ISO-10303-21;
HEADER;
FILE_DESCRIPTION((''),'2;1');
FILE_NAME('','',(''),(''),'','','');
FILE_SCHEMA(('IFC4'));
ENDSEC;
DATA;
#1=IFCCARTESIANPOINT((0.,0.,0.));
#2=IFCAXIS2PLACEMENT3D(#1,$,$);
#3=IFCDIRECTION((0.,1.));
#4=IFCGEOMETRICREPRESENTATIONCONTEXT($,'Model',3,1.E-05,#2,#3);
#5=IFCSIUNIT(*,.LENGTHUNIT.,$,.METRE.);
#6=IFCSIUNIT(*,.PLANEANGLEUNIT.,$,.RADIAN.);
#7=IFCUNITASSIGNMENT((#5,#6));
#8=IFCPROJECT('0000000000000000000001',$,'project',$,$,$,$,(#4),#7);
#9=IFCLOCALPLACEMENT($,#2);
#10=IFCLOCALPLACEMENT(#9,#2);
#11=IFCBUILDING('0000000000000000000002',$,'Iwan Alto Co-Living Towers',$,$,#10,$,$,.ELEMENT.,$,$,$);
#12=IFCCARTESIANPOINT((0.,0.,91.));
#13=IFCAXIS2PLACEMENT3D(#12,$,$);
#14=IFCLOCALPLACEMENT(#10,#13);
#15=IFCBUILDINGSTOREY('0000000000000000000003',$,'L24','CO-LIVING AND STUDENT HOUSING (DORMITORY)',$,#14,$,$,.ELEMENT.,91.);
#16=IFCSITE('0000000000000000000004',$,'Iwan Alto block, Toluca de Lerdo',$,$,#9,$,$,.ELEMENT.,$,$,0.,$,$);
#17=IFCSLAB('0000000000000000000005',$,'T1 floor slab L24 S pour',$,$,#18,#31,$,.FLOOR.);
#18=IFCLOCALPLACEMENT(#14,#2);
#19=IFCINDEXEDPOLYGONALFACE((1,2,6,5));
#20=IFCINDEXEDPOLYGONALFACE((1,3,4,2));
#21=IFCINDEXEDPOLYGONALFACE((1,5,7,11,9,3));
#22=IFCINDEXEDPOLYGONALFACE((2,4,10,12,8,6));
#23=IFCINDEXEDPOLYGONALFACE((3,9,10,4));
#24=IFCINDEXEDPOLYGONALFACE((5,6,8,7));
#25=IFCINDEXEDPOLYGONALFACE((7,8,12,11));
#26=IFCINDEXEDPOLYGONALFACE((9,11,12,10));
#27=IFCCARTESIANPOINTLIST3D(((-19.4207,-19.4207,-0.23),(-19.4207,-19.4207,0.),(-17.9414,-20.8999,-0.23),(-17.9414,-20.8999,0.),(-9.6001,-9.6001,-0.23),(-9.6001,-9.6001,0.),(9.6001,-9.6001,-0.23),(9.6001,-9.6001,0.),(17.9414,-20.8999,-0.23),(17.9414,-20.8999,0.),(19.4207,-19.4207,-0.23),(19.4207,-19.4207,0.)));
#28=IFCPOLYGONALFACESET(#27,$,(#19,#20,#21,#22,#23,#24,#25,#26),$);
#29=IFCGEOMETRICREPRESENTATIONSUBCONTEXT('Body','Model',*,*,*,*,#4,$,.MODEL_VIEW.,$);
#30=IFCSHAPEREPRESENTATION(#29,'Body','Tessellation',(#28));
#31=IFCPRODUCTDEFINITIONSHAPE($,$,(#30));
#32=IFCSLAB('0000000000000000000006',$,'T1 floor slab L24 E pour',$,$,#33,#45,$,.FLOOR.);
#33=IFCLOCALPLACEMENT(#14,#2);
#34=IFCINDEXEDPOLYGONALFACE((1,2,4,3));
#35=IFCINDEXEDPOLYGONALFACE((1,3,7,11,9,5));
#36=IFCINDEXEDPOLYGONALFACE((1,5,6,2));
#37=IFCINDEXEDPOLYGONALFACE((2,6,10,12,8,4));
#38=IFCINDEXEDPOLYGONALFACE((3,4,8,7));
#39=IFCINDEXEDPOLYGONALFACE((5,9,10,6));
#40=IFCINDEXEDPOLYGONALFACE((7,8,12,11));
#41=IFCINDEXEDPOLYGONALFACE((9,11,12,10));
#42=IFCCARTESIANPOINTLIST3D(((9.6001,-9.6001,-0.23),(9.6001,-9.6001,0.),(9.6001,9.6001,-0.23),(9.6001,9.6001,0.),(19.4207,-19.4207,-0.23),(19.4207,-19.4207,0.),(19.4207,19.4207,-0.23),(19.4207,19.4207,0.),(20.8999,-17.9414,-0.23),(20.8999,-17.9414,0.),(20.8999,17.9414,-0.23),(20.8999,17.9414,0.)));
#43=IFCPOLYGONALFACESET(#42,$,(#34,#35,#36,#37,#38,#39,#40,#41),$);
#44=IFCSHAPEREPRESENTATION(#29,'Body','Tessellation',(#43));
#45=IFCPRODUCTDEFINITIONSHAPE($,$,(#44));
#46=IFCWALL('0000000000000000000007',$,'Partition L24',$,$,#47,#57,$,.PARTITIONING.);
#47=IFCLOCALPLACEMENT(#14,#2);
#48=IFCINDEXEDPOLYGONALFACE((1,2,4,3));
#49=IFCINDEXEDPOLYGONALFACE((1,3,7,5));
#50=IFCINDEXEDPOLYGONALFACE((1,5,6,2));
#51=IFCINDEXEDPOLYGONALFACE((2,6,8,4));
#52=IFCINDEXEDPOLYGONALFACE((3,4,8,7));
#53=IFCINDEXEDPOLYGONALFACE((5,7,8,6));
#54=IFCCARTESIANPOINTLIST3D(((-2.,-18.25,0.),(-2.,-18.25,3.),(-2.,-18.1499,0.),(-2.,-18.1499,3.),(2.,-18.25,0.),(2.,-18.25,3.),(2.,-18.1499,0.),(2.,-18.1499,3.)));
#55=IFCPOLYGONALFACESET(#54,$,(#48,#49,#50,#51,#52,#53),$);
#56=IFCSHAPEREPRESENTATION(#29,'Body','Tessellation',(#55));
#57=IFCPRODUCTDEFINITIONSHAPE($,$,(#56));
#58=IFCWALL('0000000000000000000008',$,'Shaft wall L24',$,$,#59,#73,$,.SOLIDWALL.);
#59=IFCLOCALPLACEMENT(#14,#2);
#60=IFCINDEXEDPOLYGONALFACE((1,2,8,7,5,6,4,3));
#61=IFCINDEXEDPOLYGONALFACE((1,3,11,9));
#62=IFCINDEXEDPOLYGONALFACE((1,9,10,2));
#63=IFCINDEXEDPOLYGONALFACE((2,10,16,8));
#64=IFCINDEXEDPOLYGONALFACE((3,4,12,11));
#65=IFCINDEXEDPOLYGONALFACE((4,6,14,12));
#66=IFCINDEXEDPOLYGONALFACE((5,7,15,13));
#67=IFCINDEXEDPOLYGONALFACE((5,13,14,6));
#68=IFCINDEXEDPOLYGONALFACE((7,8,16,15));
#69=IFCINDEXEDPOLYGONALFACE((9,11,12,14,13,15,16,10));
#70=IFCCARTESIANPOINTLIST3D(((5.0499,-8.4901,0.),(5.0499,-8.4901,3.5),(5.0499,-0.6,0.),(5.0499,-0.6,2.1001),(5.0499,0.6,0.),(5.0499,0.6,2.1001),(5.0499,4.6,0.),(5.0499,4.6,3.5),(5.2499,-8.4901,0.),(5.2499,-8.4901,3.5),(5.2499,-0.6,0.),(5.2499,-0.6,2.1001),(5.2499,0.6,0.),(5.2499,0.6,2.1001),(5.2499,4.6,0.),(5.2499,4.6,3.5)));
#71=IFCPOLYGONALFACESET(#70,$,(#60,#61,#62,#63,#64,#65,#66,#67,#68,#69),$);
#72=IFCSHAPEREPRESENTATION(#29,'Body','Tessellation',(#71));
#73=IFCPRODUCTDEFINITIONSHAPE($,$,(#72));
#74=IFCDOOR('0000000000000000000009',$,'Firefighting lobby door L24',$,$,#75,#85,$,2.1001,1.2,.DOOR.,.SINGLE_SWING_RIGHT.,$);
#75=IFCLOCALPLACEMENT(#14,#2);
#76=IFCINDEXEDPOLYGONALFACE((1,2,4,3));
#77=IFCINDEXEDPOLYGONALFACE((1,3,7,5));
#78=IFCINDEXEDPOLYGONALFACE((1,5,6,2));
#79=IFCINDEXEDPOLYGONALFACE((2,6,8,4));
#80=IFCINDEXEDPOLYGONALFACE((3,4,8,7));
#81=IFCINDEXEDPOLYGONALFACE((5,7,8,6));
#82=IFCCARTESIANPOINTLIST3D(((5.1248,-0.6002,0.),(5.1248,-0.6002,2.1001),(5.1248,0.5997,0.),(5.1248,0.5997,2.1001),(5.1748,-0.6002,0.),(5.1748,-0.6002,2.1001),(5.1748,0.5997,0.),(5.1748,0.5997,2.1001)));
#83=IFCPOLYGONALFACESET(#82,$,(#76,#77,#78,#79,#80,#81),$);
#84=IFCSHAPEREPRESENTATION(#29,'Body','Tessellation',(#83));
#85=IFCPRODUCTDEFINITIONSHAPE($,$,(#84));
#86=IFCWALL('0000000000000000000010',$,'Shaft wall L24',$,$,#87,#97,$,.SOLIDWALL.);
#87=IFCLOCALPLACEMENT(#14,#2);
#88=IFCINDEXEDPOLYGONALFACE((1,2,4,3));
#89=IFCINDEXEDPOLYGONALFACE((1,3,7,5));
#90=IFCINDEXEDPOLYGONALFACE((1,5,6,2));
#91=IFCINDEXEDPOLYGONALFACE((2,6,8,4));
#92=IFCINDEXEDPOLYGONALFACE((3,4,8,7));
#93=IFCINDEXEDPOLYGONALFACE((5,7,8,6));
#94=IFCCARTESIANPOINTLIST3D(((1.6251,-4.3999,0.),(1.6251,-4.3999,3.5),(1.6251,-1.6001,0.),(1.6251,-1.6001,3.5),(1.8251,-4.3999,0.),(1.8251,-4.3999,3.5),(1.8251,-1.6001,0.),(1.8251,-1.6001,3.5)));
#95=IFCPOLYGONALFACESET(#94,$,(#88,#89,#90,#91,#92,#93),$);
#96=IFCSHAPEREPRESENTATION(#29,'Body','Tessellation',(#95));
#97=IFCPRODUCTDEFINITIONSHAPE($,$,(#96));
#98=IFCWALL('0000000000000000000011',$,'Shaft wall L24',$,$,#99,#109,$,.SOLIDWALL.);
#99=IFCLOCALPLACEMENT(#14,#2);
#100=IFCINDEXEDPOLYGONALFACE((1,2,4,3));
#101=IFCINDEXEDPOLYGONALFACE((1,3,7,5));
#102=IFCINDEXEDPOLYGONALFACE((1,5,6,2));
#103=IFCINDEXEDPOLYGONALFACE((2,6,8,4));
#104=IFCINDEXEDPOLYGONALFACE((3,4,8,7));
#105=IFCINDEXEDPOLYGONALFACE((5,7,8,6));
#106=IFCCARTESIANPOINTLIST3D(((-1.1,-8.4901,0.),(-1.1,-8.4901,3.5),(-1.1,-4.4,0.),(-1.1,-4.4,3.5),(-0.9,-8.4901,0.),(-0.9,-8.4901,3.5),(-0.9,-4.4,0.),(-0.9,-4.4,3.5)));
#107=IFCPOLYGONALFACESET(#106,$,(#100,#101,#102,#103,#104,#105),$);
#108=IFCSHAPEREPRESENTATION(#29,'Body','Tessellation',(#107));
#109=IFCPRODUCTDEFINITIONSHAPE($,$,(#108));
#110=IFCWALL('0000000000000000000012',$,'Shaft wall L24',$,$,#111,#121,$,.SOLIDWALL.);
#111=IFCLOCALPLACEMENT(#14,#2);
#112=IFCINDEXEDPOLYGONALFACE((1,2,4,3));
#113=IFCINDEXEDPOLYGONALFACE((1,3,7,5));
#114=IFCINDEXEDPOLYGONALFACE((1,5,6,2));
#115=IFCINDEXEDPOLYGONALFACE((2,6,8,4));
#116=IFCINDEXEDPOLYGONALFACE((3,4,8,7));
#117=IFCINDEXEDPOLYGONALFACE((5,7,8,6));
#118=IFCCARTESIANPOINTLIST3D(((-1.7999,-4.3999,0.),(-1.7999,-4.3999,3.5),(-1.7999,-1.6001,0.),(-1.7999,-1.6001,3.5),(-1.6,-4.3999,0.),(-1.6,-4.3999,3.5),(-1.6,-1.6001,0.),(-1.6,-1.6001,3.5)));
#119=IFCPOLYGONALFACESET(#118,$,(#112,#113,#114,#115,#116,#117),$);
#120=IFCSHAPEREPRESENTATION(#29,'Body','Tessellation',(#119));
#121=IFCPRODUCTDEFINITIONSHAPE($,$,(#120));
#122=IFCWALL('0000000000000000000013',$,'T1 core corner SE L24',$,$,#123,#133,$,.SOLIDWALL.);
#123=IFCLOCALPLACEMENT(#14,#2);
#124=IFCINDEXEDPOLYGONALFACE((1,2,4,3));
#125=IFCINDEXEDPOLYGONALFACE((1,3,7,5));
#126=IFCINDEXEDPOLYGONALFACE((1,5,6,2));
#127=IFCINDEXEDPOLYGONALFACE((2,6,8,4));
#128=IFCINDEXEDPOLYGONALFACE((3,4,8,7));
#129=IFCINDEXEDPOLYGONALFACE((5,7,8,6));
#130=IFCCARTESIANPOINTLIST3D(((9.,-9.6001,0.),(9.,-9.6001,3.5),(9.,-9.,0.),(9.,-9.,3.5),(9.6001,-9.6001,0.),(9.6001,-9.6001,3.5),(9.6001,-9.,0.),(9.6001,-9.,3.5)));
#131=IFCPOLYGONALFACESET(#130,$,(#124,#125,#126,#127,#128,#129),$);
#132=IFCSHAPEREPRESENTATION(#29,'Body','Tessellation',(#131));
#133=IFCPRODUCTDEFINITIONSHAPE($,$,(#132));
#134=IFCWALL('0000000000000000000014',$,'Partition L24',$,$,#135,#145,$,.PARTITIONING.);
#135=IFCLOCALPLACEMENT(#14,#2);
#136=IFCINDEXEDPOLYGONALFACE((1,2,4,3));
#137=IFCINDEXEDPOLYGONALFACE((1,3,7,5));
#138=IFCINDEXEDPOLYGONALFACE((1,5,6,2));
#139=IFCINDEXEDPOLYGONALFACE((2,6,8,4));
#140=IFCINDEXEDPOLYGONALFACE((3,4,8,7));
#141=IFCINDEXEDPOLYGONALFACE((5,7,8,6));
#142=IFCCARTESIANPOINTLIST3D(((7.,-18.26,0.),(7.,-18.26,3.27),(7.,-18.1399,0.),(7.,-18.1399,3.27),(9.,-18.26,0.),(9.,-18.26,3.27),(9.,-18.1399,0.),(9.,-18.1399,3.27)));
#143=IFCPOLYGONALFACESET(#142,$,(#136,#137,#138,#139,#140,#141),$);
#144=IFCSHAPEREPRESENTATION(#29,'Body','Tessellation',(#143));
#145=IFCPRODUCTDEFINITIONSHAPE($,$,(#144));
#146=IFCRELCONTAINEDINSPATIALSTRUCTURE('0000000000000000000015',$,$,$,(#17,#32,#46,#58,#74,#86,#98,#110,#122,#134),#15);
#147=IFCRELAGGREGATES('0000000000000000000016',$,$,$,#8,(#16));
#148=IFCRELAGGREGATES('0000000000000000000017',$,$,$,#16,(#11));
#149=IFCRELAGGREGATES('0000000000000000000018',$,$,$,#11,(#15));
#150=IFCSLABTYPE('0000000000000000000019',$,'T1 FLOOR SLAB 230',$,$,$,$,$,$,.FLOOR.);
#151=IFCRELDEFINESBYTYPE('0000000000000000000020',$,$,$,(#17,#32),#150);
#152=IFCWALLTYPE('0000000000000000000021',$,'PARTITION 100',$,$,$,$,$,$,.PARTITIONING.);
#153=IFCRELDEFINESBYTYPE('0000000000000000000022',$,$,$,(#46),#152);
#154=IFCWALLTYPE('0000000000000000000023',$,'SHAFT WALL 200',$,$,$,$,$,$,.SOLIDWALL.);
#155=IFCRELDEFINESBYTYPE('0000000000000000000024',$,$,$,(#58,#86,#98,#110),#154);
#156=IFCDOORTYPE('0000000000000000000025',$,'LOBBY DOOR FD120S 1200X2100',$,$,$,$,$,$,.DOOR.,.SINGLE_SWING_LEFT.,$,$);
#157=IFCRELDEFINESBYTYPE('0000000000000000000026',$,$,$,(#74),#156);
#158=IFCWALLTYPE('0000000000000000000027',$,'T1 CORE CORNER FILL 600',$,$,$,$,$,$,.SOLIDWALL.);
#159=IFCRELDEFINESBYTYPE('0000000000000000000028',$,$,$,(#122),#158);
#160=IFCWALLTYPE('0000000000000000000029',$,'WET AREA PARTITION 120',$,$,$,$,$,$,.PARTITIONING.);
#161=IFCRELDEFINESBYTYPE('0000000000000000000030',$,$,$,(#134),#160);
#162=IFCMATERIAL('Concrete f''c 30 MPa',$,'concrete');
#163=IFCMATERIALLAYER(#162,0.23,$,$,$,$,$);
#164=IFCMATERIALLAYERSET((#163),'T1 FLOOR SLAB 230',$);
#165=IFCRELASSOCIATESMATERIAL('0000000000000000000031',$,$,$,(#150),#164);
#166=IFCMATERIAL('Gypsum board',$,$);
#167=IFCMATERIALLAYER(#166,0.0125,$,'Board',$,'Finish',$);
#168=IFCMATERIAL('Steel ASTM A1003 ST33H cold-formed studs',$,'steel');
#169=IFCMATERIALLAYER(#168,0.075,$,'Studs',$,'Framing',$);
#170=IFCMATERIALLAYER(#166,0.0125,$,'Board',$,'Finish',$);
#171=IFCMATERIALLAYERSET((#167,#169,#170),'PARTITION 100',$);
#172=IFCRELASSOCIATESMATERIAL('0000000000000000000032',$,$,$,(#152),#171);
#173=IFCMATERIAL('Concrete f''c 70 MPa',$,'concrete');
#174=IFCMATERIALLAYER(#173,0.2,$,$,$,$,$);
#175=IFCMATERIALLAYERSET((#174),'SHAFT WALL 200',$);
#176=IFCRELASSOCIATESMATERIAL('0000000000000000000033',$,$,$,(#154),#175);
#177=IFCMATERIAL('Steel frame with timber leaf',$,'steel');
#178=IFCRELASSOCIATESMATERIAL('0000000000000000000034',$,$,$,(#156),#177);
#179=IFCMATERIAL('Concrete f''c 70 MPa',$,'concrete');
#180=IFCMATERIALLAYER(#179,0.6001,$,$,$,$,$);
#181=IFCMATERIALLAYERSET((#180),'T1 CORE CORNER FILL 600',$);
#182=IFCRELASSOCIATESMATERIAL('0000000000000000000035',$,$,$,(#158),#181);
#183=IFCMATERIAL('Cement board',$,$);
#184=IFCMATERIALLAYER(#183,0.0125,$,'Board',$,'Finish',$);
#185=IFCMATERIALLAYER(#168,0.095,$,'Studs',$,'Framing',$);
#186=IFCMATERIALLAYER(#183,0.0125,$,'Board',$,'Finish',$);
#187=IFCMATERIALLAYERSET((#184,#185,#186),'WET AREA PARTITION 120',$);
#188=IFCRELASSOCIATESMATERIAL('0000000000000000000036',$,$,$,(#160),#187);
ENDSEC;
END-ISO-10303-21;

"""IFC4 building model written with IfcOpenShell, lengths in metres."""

from ifc_helpers import new_model, si_unit, direction, frame, frame_2d, origin, place, context, subcontext, project, spatial, polyline, rectangle, outline, extrude, material, layer, layer_set, type_object, element, fill, save


model = new_model("IFC4")

# Units and contexts
model_context = context("Model", 3, precision=1e-05, world=origin(), true_north=direction((0.0, 1.0)))
body_context = subcontext(model_context, "Body", "Model", "MODEL_VIEW")
ifc_project = project(units=[si_unit("LENGTHUNIT", "METRE"), si_unit("PLANEANGLEUNIT", "RADIAN")], contexts=[model_context])

# Site, building, storey
site_placement = place(None, origin())
site = spatial("IfcSite", under=ifc_project, at=site_placement, Name="Iwan Alto block, Toluca de Lerdo", CompositionType="ELEMENT", RefElevation=0.0)
building_placement = place(site_placement, origin())
building = spatial("IfcBuilding", under=site, at=building_placement, Name="Iwan Alto Co-Living Towers", CompositionType="ELEMENT")
storey_placement = place(building_placement, frame((0.0, 0.0, 91.0)))
storey = spatial("IfcBuildingStorey", under=building, at=storey_placement, Name="L24", Description="CO-LIVING AND STUDENT HOUSING (DORMITORY)", CompositionType="ELEMENT", Elevation=91.0)

# Slabs
ifc_material_1 = material(Name="Concrete f'c 30 MPa", Category="concrete")
ifc_layer_1 = layer(ifc_material_1, 0.23)
ifc_layer_set_1 = layer_set([ifc_layer_1], Name="T1 FLOOR SLAB 230")
slab_type = type_object("IfcSlabType", Name="T1 FLOOR SLAB 230", PredefinedType="FLOOR", material=ifc_layer_set_1)
slab_1_placement = place(storey_placement, frame((0.0, 0.0, -0.23)))
element("IfcSlab", 1, at=slab_1_placement, inside=storey, type_object=slab_type, Name="T1 floor slab L24 S pour", PredefinedType="FLOOR", context=body_context, shape_type="SweptSolid", body=[
    extrude(outline(polyline([(17.9414, -20.8999), (-17.9414, -20.8999), (-19.4207, -19.4207), (-9.6001, -9.6001), (9.6001, -9.6001), (19.4207, -19.4207), (17.9414, -20.8999)])), origin(), (0.0, 0.0, 1.0), 0.23),
])
slab_2_placement = place(storey_placement, frame((0.0, 0.0, -0.23)))
element("IfcSlab", 2, at=slab_2_placement, inside=storey, type_object=slab_type, Name="T1 floor slab L24 E pour", PredefinedType="FLOOR", context=body_context, shape_type="SweptSolid", body=[
    extrude(outline(polyline([(20.8999, 17.9414), (20.8999, -17.9414), (19.4207, -19.4207), (9.6001, -9.6001), (9.6001, 9.6001), (19.4207, 19.4207), (20.8999, 17.9414)])), origin(), (0.0, 0.0, 1.0), 0.23),
])

# Wall
ifc_material_2 = material(Name="Gypsum board")
ifc_layer_2 = layer(ifc_material_2, 0.0125, Name="Board", Category="Finish")
ifc_material_3 = material(Name="Steel ASTM A1003 ST33H cold-formed studs", Category="steel")
ifc_layer_3 = layer(ifc_material_3, 0.075, Name="Studs", Category="Framing")
ifc_layer_4 = layer(ifc_material_2, 0.0125, Name="Board", Category="Finish")
ifc_layer_set_2 = layer_set([ifc_layer_2, ifc_layer_3, ifc_layer_4], Name="PARTITION 100")
wall_type_1 = type_object("IfcWallType", Name="PARTITION 100", PredefinedType="PARTITIONING", material=ifc_layer_set_2)
wall_1_placement = place(storey_placement, frame((-2.0, -18.2, 0.0), z_axis=(0.0, 0.0, 1.0), x_axis=(1.0, 0.0, 0.0)))
element("IfcWall", 3, at=wall_1_placement, inside=storey, type_object=wall_type_1, Name="Partition L24", PredefinedType="PARTITIONING", context=body_context, shape_type="SweptSolid", body=[
    extrude(rectangle(XDim=4.0, YDim=0.1001, at=frame_2d((2.0, 0.0))), origin(), (0.0, 0.0, 1.0), 3.0),
])

# Wall, opening, door
ifc_material_4 = material(Name="Concrete f'c 70 MPa", Category="concrete")
ifc_layer_5 = layer(ifc_material_4, 0.2)
ifc_layer_set_3 = layer_set([ifc_layer_5], Name="SHAFT WALL 200")
wall_type_2 = type_object("IfcWallType", Name="SHAFT WALL 200", PredefinedType="SOLIDWALL", material=ifc_layer_set_3)
wall_2_placement = place(storey_placement, frame((5.1499, -8.49, 0.0), z_axis=(0.0, 0.0, 1.0), x_axis=(0.0, 1.0, 0.0)))
wall_2 = element("IfcWall", 4, at=wall_2_placement, inside=storey, type_object=wall_type_2, Name="Shaft wall L24", PredefinedType="SOLIDWALL", context=body_context, shape_type="SweptSolid", body=[
    extrude(rectangle(XDim=13.0901, YDim=0.2, at=frame_2d((6.5449, 0.0))), origin(), (0.0, 0.0, 1.0), 3.5),
])
opening_1_placement = place(wall_2_placement, frame((7.8899, 0.0, 0.0)))
opening_1 = element("IfcOpeningElement", 5, at=opening_1_placement, cuts=wall_2, PredefinedType="OPENING", context=body_context, shape_type="SweptSolid", body=[
    extrude(rectangle(XDim=1.2, YDim=2.1001, at=frame_2d((0.6001, 1.05))), frame((0.0, 0.1099, 0.0), z_axis=(0.0, -1.0, 0.0), x_axis=(1.0, 0.0, 0.0)), (0.0, 0.0, 1.0), 0.22),
])
ifc_material_5 = material(Name="Steel frame with timber leaf", Category="steel")
door_type_1 = type_object("IfcDoorType", Name="LOBBY DOOR FD120S 1200X2100", OperationType="SINGLE_SWING_LEFT", PredefinedType="DOOR", material=ifc_material_5)
door_1_placement = place(opening_1_placement, frame((1.2, 0.0, 0.0), z_axis=(0.0, 0.0, 1.0), x_axis=(-1.0, 0.0, 0.0)))
door_1 = element("IfcDoor", 6, at=door_1_placement, inside=storey, type_object=door_type_1, Name="Firefighting lobby door L24", OperationType="SINGLE_SWING_RIGHT", OverallHeight=2.1001, OverallWidth=1.2, PredefinedType="DOOR", context=body_context, shape_type="SweptSolid", body=[
    extrude(rectangle(XDim=1.2, YDim=2.1001, at=frame_2d((0.6001, 1.05))), frame((0.0, 0.0249, 0.0), z_axis=(0.0, -1.0, 0.0), x_axis=(1.0, 0.0, 0.0)), (0.0, 0.0, 1.0), 0.05),
])
fill(opening_1, door_1)

# Walls
wall_3_placement = place(storey_placement, frame((1.7251, -4.3999, 0.0), z_axis=(0.0, 0.0, 1.0), x_axis=(0.0, 1.0, 0.0)))
element("IfcWall", 7, at=wall_3_placement, inside=storey, type_object=wall_type_2, Name="Shaft wall L24", PredefinedType="SOLIDWALL", context=body_context, shape_type="SweptSolid", body=[
    extrude(rectangle(XDim=2.7998, YDim=0.2, at=frame_2d((1.3999, 0.0))), origin(), (0.0, 0.0, 1.0), 3.5),
])
wall_4_placement = place(storey_placement, frame((-1.0, -8.49, 0.0), z_axis=(0.0, 0.0, 1.0), x_axis=(0.0, 1.0, 0.0)))
element("IfcWall", 8, at=wall_4_placement, inside=storey, type_object=wall_type_2, Name="Shaft wall L24", PredefinedType="SOLIDWALL", context=body_context, shape_type="SweptSolid", body=[
    extrude(rectangle(XDim=4.0901, YDim=0.2, at=frame_2d((2.0449, 0.0))), origin(), (0.0, 0.0, 1.0), 3.5),
])
wall_5_placement = place(storey_placement, frame((-1.7, -4.3999, 0.0), z_axis=(0.0, 0.0, 1.0), x_axis=(0.0, 1.0, 0.0)))
element("IfcWall", 9, at=wall_5_placement, inside=storey, type_object=wall_type_2, Name="Shaft wall L24", PredefinedType="SOLIDWALL", context=body_context, shape_type="SweptSolid", body=[
    extrude(rectangle(XDim=2.7998, YDim=0.2, at=frame_2d((1.3999, 0.0))), origin(), (0.0, 0.0, 1.0), 3.5),
])
ifc_material_6 = material(Name="Concrete f'c 70 MPa", Category="concrete")
ifc_layer_6 = layer(ifc_material_6, 0.6001)
ifc_layer_set_4 = layer_set([ifc_layer_6], Name="T1 CORE CORNER FILL 600")
wall_type_3 = type_object("IfcWallType", Name="T1 CORE CORNER FILL 600", PredefinedType="SOLIDWALL", material=ifc_layer_set_4)
wall_6_placement = place(storey_placement, frame((9.0, -9.3, 0.0), z_axis=(0.0, 0.0, 1.0), x_axis=(1.0, 0.0, 0.0)))
element("IfcWall", 10, at=wall_6_placement, inside=storey, type_object=wall_type_3, Name="T1 core corner SE L24", PredefinedType="SOLIDWALL", context=body_context, shape_type="SweptSolid", body=[
    extrude(rectangle(XDim=0.6001, YDim=0.6001, at=frame_2d((0.3, 0.0))), origin(), (0.0, 0.0, 1.0), 3.5),
])
ifc_material_7 = material(Name="Cement board")
ifc_layer_7 = layer(ifc_material_7, 0.0125, Name="Board", Category="Finish")
ifc_layer_8 = layer(ifc_material_3, 0.095, Name="Studs", Category="Framing")
ifc_layer_9 = layer(ifc_material_7, 0.0125, Name="Board", Category="Finish")
ifc_layer_set_5 = layer_set([ifc_layer_7, ifc_layer_8, ifc_layer_9], Name="WET AREA PARTITION 120")
wall_type_4 = type_object("IfcWallType", Name="WET AREA PARTITION 120", PredefinedType="PARTITIONING", material=ifc_layer_set_5)
wall_7_placement = place(storey_placement, frame((7.0, -18.2, 0.0), z_axis=(0.0, 0.0, 1.0), x_axis=(1.0, 0.0, 0.0)))
element("IfcWall", 11, at=wall_7_placement, inside=storey, type_object=wall_type_4, Name="Partition L24", PredefinedType="PARTITIONING", context=body_context, shape_type="SweptSolid", body=[
    extrude(rectangle(XDim=2.0, YDim=0.1201, at=frame_2d((1.0, 0.0))), origin(), (0.0, 0.0, 1.0), 3.27),
])

save(model, "model.ifc")
